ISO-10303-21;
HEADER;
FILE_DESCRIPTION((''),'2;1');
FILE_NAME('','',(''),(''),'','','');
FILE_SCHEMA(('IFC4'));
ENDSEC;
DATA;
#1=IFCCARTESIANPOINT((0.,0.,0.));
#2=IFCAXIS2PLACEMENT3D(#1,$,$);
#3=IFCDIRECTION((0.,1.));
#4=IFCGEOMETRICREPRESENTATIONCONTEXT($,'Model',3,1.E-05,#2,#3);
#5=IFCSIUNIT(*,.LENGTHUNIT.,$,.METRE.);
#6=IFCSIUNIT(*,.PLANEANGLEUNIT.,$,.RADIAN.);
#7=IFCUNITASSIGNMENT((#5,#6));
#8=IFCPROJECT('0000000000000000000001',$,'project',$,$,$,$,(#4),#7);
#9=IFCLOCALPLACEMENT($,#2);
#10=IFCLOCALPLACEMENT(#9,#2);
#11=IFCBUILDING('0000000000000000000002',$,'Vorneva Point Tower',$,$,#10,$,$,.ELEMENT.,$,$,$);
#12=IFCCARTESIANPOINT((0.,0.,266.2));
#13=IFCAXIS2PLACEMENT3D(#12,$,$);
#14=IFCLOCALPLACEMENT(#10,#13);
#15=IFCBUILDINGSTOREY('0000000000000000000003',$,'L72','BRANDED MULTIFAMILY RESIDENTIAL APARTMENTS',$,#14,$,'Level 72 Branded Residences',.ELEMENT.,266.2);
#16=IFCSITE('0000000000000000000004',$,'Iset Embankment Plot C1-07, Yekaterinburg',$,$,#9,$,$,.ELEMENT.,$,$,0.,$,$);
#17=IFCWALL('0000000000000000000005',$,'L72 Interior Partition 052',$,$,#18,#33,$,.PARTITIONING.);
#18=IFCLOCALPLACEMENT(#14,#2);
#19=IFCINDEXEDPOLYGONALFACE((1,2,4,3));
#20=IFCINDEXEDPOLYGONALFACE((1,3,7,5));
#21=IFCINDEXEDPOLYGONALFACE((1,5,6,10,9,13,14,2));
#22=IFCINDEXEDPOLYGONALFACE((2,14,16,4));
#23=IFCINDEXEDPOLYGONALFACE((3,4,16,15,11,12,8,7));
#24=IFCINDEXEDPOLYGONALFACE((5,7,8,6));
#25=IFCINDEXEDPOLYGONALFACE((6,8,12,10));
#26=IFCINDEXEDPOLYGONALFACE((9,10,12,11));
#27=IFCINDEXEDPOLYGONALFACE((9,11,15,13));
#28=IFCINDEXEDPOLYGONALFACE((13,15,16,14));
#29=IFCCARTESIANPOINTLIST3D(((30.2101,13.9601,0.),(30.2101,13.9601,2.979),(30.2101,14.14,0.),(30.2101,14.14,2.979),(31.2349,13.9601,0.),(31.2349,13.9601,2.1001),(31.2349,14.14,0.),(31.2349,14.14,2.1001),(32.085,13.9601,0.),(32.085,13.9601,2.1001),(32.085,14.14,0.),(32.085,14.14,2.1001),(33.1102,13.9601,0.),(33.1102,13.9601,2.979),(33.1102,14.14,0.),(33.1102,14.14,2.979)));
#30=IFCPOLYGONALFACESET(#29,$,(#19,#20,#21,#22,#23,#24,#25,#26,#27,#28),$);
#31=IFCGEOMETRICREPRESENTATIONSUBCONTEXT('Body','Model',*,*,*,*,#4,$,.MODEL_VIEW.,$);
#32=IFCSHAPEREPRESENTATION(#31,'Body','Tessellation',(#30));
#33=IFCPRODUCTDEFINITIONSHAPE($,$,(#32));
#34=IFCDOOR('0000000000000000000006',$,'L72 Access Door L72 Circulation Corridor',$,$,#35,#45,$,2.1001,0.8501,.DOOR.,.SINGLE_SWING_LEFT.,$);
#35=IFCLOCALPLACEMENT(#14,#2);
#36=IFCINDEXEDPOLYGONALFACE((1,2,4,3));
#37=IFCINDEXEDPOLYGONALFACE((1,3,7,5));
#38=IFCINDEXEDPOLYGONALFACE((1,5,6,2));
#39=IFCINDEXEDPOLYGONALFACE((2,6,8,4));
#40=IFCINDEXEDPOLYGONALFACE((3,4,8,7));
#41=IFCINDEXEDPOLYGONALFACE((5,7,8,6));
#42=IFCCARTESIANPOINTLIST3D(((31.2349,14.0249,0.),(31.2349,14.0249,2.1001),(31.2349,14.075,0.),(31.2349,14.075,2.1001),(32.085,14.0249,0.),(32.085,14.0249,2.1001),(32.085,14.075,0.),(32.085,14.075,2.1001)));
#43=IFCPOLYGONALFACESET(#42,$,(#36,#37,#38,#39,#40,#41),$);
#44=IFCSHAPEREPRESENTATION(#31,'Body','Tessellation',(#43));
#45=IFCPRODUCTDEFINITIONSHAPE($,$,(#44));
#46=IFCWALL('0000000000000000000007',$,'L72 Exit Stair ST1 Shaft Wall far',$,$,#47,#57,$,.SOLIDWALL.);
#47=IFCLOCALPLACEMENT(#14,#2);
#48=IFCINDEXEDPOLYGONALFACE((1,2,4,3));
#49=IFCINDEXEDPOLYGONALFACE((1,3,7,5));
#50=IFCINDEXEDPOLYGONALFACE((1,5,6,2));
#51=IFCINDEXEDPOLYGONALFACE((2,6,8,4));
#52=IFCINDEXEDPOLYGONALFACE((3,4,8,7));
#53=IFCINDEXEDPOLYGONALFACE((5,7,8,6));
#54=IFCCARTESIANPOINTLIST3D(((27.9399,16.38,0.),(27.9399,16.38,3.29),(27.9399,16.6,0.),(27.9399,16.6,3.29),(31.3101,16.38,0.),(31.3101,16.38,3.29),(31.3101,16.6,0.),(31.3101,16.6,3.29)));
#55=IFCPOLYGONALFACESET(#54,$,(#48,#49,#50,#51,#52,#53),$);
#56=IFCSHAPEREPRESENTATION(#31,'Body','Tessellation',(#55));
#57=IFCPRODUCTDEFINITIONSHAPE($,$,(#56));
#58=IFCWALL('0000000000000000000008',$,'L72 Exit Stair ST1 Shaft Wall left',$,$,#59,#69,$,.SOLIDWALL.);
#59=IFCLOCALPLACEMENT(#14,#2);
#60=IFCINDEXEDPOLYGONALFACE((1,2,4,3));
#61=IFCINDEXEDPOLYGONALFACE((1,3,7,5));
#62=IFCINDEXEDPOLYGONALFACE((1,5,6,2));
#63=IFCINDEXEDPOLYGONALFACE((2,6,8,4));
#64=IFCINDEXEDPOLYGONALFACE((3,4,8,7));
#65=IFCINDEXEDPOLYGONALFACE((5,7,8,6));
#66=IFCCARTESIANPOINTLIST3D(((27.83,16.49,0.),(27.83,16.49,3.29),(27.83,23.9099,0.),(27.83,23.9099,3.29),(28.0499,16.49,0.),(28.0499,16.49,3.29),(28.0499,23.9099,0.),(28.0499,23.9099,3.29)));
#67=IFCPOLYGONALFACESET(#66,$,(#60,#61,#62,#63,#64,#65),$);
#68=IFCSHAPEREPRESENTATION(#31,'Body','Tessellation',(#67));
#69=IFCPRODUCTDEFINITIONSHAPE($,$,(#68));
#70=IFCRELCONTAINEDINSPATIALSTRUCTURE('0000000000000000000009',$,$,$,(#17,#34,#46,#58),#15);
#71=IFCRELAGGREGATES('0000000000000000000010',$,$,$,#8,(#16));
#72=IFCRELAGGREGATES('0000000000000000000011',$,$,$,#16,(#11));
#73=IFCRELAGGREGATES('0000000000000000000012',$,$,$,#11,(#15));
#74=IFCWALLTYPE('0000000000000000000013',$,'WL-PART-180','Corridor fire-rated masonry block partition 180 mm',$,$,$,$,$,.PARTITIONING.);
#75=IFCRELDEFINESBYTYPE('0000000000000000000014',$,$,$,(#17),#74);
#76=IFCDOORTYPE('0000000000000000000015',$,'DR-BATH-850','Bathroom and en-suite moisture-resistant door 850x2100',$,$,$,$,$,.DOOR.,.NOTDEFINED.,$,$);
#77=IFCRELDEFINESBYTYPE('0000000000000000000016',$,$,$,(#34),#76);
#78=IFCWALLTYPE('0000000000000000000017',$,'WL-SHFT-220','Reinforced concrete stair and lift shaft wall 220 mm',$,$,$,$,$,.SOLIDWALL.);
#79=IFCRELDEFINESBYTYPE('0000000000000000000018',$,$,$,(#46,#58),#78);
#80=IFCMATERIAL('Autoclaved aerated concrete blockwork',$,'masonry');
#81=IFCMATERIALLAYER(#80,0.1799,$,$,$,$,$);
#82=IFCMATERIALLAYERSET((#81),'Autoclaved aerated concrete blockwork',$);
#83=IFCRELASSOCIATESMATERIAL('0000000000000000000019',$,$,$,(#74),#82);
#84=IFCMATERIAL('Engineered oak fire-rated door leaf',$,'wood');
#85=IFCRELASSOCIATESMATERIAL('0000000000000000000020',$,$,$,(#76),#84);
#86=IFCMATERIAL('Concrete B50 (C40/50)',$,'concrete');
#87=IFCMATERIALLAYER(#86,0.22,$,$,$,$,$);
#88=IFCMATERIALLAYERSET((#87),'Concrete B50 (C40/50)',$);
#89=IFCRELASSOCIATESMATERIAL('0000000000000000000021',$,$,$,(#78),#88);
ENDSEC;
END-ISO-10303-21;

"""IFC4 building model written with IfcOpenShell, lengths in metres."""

from ifc_helpers import new_model, si_unit, direction, frame, frame_2d, origin, place, context, subcontext, project, spatial, rectangle, extrude, material, layer, layer_set, type_object, element, fill, save


model = new_model("IFC4")

# Units and contexts
model_context = context("Model", 3, precision=1e-05, world=origin(), true_north=direction((0.0, 1.0)))
body_context = subcontext(model_context, "Body", "Model", "MODEL_VIEW")
ifc_project = project(units=[si_unit("LENGTHUNIT", "METRE"), si_unit("PLANEANGLEUNIT", "RADIAN")], contexts=[model_context])

# Site, building, storey
site_placement = place(None, origin())
site = spatial("IfcSite", under=ifc_project, at=site_placement, Name="Iset Embankment Plot C1-07, Yekaterinburg", CompositionType="ELEMENT", RefElevation=0.0)
building_placement = place(site_placement, origin())
building = spatial("IfcBuilding", under=site, at=building_placement, Name="Vorneva Point Tower", CompositionType="ELEMENT")
storey_placement = place(building_placement, frame((0.0, 0.0, 266.2)))
storey = spatial("IfcBuildingStorey", under=building, at=storey_placement, Name="L72", Description="BRANDED MULTIFAMILY RESIDENTIAL APARTMENTS", LongName="Level 72 Branded Residences", CompositionType="ELEMENT", Elevation=266.2)

# Shared definitions
ifc_material_1 = material(Name="Concrete B50 (C40/50)", Category="concrete")

# Shared definitions
ifc_material_2 = material(Name="Autoclaved aerated concrete blockwork", Category="masonry")
ifc_layer_1 = layer(ifc_material_2, 0.1799)
ifc_layer_set_1 = layer_set([ifc_layer_1], Name="Autoclaved aerated concrete blockwork")
wall_type_1 = type_object("IfcWallType", Name="WL-PART-180", Description="Corridor fire-rated masonry block partition 180 mm", PredefinedType="PARTITIONING", material=ifc_layer_set_1)
ifc_material_3 = material(Name="Engineered oak fire-rated door leaf", Category="wood")
door_type = type_object("IfcDoorType", Name="DR-BATH-850", Description="Bathroom and en-suite moisture-resistant door 850x2100", OperationType="NOTDEFINED", PredefinedType="DOOR", material=ifc_material_3)

# Wall, opening, door
wall_1_placement = place(storey_placement, frame((30.21, 14.05, 0.0), z_axis=(0.0, 0.0, 1.0), x_axis=(1.0, 0.0, 0.0)))
wall_1 = element("IfcWall", 1, at=wall_1_placement, inside=storey, type_object=wall_type_1, Name="L72 Interior Partition 052", PredefinedType="PARTITIONING", context=body_context, shape_type="SweptSolid", body=[
    extrude(rectangle(XDim=2.9001, YDim=0.1799, at=frame_2d((1.4502, 0.0))), origin(), (0.0, 0.0, 1.0), 2.979),
])
opening_1_placement = place(wall_1_placement, frame((1.0249, 0.0, 0.0)))
opening_1 = element("IfcOpeningElement", 2, at=opening_1_placement, cuts=wall_1, PredefinedType="OPENING", context=body_context, shape_type="SweptSolid", body=[
    extrude(rectangle(XDim=0.8501, YDim=2.1001, at=frame_2d((0.425, 1.05))), frame((0.0, 0.105, 0.0), z_axis=(0.0, -1.0, 0.0), x_axis=(1.0, 0.0, 0.0)), (0.0, 0.0, 1.0), 0.2097),
])
door_1_placement = place(opening_1_placement, origin())
door_1 = element("IfcDoor", 3, at=door_1_placement, inside=storey, type_object=door_type, Name="L72 Access Door L72 Circulation Corridor", OperationType="SINGLE_SWING_LEFT", OverallHeight=2.1001, OverallWidth=0.8501, PredefinedType="DOOR", context=body_context, shape_type="SweptSolid", body=[
    extrude(rectangle(XDim=0.8501, YDim=2.1001, at=frame_2d((0.425, 1.05))), frame((0.0, 0.0249, 0.0), z_axis=(0.0, -1.0, 0.0), x_axis=(1.0, 0.0, 0.0)), (0.0, 0.0, 1.0), 0.05),
])
fill(opening_1, door_1)

# Walls
ifc_layer_2 = layer(ifc_material_1, 0.22)
ifc_layer_set_2 = layer_set([ifc_layer_2], Name="Concrete B50 (C40/50)")
wall_type_2 = type_object("IfcWallType", Name="WL-SHFT-220", Description="Reinforced concrete stair and lift shaft wall 220 mm", PredefinedType="SOLIDWALL", material=ifc_layer_set_2)
wall_2_placement = place(storey_placement, frame((31.3101, 16.49, 0.0), z_axis=(0.0, 0.0, 1.0), x_axis=(-1.0, 0.0, 0.0)))
element("IfcWall", 4, at=wall_2_placement, inside=storey, type_object=wall_type_2, Name="L72 Exit Stair ST1 Shaft Wall far", PredefinedType="SOLIDWALL", context=body_context, shape_type="SweptSolid", body=[
    extrude(rectangle(XDim=3.3701, YDim=0.22, at=frame_2d((1.6851, 0.0))), origin(), (0.0, 0.0, 1.0), 3.29),
])
wall_3_placement = place(storey_placement, frame((27.9399, 16.49, 0.0), z_axis=(0.0, 0.0, 1.0), x_axis=(0.0, 1.0, 0.0)))
element("IfcWall", 5, at=wall_3_placement, inside=storey, type_object=wall_type_2, Name="L72 Exit Stair ST1 Shaft Wall left", PredefinedType="SOLIDWALL", context=body_context, shape_type="SweptSolid", body=[
    extrude(rectangle(XDim=7.4199, YDim=0.22, at=frame_2d((3.71, 0.0))), origin(), (0.0, 0.0, 1.0), 3.29),
])

save(model, "model.ifc")
